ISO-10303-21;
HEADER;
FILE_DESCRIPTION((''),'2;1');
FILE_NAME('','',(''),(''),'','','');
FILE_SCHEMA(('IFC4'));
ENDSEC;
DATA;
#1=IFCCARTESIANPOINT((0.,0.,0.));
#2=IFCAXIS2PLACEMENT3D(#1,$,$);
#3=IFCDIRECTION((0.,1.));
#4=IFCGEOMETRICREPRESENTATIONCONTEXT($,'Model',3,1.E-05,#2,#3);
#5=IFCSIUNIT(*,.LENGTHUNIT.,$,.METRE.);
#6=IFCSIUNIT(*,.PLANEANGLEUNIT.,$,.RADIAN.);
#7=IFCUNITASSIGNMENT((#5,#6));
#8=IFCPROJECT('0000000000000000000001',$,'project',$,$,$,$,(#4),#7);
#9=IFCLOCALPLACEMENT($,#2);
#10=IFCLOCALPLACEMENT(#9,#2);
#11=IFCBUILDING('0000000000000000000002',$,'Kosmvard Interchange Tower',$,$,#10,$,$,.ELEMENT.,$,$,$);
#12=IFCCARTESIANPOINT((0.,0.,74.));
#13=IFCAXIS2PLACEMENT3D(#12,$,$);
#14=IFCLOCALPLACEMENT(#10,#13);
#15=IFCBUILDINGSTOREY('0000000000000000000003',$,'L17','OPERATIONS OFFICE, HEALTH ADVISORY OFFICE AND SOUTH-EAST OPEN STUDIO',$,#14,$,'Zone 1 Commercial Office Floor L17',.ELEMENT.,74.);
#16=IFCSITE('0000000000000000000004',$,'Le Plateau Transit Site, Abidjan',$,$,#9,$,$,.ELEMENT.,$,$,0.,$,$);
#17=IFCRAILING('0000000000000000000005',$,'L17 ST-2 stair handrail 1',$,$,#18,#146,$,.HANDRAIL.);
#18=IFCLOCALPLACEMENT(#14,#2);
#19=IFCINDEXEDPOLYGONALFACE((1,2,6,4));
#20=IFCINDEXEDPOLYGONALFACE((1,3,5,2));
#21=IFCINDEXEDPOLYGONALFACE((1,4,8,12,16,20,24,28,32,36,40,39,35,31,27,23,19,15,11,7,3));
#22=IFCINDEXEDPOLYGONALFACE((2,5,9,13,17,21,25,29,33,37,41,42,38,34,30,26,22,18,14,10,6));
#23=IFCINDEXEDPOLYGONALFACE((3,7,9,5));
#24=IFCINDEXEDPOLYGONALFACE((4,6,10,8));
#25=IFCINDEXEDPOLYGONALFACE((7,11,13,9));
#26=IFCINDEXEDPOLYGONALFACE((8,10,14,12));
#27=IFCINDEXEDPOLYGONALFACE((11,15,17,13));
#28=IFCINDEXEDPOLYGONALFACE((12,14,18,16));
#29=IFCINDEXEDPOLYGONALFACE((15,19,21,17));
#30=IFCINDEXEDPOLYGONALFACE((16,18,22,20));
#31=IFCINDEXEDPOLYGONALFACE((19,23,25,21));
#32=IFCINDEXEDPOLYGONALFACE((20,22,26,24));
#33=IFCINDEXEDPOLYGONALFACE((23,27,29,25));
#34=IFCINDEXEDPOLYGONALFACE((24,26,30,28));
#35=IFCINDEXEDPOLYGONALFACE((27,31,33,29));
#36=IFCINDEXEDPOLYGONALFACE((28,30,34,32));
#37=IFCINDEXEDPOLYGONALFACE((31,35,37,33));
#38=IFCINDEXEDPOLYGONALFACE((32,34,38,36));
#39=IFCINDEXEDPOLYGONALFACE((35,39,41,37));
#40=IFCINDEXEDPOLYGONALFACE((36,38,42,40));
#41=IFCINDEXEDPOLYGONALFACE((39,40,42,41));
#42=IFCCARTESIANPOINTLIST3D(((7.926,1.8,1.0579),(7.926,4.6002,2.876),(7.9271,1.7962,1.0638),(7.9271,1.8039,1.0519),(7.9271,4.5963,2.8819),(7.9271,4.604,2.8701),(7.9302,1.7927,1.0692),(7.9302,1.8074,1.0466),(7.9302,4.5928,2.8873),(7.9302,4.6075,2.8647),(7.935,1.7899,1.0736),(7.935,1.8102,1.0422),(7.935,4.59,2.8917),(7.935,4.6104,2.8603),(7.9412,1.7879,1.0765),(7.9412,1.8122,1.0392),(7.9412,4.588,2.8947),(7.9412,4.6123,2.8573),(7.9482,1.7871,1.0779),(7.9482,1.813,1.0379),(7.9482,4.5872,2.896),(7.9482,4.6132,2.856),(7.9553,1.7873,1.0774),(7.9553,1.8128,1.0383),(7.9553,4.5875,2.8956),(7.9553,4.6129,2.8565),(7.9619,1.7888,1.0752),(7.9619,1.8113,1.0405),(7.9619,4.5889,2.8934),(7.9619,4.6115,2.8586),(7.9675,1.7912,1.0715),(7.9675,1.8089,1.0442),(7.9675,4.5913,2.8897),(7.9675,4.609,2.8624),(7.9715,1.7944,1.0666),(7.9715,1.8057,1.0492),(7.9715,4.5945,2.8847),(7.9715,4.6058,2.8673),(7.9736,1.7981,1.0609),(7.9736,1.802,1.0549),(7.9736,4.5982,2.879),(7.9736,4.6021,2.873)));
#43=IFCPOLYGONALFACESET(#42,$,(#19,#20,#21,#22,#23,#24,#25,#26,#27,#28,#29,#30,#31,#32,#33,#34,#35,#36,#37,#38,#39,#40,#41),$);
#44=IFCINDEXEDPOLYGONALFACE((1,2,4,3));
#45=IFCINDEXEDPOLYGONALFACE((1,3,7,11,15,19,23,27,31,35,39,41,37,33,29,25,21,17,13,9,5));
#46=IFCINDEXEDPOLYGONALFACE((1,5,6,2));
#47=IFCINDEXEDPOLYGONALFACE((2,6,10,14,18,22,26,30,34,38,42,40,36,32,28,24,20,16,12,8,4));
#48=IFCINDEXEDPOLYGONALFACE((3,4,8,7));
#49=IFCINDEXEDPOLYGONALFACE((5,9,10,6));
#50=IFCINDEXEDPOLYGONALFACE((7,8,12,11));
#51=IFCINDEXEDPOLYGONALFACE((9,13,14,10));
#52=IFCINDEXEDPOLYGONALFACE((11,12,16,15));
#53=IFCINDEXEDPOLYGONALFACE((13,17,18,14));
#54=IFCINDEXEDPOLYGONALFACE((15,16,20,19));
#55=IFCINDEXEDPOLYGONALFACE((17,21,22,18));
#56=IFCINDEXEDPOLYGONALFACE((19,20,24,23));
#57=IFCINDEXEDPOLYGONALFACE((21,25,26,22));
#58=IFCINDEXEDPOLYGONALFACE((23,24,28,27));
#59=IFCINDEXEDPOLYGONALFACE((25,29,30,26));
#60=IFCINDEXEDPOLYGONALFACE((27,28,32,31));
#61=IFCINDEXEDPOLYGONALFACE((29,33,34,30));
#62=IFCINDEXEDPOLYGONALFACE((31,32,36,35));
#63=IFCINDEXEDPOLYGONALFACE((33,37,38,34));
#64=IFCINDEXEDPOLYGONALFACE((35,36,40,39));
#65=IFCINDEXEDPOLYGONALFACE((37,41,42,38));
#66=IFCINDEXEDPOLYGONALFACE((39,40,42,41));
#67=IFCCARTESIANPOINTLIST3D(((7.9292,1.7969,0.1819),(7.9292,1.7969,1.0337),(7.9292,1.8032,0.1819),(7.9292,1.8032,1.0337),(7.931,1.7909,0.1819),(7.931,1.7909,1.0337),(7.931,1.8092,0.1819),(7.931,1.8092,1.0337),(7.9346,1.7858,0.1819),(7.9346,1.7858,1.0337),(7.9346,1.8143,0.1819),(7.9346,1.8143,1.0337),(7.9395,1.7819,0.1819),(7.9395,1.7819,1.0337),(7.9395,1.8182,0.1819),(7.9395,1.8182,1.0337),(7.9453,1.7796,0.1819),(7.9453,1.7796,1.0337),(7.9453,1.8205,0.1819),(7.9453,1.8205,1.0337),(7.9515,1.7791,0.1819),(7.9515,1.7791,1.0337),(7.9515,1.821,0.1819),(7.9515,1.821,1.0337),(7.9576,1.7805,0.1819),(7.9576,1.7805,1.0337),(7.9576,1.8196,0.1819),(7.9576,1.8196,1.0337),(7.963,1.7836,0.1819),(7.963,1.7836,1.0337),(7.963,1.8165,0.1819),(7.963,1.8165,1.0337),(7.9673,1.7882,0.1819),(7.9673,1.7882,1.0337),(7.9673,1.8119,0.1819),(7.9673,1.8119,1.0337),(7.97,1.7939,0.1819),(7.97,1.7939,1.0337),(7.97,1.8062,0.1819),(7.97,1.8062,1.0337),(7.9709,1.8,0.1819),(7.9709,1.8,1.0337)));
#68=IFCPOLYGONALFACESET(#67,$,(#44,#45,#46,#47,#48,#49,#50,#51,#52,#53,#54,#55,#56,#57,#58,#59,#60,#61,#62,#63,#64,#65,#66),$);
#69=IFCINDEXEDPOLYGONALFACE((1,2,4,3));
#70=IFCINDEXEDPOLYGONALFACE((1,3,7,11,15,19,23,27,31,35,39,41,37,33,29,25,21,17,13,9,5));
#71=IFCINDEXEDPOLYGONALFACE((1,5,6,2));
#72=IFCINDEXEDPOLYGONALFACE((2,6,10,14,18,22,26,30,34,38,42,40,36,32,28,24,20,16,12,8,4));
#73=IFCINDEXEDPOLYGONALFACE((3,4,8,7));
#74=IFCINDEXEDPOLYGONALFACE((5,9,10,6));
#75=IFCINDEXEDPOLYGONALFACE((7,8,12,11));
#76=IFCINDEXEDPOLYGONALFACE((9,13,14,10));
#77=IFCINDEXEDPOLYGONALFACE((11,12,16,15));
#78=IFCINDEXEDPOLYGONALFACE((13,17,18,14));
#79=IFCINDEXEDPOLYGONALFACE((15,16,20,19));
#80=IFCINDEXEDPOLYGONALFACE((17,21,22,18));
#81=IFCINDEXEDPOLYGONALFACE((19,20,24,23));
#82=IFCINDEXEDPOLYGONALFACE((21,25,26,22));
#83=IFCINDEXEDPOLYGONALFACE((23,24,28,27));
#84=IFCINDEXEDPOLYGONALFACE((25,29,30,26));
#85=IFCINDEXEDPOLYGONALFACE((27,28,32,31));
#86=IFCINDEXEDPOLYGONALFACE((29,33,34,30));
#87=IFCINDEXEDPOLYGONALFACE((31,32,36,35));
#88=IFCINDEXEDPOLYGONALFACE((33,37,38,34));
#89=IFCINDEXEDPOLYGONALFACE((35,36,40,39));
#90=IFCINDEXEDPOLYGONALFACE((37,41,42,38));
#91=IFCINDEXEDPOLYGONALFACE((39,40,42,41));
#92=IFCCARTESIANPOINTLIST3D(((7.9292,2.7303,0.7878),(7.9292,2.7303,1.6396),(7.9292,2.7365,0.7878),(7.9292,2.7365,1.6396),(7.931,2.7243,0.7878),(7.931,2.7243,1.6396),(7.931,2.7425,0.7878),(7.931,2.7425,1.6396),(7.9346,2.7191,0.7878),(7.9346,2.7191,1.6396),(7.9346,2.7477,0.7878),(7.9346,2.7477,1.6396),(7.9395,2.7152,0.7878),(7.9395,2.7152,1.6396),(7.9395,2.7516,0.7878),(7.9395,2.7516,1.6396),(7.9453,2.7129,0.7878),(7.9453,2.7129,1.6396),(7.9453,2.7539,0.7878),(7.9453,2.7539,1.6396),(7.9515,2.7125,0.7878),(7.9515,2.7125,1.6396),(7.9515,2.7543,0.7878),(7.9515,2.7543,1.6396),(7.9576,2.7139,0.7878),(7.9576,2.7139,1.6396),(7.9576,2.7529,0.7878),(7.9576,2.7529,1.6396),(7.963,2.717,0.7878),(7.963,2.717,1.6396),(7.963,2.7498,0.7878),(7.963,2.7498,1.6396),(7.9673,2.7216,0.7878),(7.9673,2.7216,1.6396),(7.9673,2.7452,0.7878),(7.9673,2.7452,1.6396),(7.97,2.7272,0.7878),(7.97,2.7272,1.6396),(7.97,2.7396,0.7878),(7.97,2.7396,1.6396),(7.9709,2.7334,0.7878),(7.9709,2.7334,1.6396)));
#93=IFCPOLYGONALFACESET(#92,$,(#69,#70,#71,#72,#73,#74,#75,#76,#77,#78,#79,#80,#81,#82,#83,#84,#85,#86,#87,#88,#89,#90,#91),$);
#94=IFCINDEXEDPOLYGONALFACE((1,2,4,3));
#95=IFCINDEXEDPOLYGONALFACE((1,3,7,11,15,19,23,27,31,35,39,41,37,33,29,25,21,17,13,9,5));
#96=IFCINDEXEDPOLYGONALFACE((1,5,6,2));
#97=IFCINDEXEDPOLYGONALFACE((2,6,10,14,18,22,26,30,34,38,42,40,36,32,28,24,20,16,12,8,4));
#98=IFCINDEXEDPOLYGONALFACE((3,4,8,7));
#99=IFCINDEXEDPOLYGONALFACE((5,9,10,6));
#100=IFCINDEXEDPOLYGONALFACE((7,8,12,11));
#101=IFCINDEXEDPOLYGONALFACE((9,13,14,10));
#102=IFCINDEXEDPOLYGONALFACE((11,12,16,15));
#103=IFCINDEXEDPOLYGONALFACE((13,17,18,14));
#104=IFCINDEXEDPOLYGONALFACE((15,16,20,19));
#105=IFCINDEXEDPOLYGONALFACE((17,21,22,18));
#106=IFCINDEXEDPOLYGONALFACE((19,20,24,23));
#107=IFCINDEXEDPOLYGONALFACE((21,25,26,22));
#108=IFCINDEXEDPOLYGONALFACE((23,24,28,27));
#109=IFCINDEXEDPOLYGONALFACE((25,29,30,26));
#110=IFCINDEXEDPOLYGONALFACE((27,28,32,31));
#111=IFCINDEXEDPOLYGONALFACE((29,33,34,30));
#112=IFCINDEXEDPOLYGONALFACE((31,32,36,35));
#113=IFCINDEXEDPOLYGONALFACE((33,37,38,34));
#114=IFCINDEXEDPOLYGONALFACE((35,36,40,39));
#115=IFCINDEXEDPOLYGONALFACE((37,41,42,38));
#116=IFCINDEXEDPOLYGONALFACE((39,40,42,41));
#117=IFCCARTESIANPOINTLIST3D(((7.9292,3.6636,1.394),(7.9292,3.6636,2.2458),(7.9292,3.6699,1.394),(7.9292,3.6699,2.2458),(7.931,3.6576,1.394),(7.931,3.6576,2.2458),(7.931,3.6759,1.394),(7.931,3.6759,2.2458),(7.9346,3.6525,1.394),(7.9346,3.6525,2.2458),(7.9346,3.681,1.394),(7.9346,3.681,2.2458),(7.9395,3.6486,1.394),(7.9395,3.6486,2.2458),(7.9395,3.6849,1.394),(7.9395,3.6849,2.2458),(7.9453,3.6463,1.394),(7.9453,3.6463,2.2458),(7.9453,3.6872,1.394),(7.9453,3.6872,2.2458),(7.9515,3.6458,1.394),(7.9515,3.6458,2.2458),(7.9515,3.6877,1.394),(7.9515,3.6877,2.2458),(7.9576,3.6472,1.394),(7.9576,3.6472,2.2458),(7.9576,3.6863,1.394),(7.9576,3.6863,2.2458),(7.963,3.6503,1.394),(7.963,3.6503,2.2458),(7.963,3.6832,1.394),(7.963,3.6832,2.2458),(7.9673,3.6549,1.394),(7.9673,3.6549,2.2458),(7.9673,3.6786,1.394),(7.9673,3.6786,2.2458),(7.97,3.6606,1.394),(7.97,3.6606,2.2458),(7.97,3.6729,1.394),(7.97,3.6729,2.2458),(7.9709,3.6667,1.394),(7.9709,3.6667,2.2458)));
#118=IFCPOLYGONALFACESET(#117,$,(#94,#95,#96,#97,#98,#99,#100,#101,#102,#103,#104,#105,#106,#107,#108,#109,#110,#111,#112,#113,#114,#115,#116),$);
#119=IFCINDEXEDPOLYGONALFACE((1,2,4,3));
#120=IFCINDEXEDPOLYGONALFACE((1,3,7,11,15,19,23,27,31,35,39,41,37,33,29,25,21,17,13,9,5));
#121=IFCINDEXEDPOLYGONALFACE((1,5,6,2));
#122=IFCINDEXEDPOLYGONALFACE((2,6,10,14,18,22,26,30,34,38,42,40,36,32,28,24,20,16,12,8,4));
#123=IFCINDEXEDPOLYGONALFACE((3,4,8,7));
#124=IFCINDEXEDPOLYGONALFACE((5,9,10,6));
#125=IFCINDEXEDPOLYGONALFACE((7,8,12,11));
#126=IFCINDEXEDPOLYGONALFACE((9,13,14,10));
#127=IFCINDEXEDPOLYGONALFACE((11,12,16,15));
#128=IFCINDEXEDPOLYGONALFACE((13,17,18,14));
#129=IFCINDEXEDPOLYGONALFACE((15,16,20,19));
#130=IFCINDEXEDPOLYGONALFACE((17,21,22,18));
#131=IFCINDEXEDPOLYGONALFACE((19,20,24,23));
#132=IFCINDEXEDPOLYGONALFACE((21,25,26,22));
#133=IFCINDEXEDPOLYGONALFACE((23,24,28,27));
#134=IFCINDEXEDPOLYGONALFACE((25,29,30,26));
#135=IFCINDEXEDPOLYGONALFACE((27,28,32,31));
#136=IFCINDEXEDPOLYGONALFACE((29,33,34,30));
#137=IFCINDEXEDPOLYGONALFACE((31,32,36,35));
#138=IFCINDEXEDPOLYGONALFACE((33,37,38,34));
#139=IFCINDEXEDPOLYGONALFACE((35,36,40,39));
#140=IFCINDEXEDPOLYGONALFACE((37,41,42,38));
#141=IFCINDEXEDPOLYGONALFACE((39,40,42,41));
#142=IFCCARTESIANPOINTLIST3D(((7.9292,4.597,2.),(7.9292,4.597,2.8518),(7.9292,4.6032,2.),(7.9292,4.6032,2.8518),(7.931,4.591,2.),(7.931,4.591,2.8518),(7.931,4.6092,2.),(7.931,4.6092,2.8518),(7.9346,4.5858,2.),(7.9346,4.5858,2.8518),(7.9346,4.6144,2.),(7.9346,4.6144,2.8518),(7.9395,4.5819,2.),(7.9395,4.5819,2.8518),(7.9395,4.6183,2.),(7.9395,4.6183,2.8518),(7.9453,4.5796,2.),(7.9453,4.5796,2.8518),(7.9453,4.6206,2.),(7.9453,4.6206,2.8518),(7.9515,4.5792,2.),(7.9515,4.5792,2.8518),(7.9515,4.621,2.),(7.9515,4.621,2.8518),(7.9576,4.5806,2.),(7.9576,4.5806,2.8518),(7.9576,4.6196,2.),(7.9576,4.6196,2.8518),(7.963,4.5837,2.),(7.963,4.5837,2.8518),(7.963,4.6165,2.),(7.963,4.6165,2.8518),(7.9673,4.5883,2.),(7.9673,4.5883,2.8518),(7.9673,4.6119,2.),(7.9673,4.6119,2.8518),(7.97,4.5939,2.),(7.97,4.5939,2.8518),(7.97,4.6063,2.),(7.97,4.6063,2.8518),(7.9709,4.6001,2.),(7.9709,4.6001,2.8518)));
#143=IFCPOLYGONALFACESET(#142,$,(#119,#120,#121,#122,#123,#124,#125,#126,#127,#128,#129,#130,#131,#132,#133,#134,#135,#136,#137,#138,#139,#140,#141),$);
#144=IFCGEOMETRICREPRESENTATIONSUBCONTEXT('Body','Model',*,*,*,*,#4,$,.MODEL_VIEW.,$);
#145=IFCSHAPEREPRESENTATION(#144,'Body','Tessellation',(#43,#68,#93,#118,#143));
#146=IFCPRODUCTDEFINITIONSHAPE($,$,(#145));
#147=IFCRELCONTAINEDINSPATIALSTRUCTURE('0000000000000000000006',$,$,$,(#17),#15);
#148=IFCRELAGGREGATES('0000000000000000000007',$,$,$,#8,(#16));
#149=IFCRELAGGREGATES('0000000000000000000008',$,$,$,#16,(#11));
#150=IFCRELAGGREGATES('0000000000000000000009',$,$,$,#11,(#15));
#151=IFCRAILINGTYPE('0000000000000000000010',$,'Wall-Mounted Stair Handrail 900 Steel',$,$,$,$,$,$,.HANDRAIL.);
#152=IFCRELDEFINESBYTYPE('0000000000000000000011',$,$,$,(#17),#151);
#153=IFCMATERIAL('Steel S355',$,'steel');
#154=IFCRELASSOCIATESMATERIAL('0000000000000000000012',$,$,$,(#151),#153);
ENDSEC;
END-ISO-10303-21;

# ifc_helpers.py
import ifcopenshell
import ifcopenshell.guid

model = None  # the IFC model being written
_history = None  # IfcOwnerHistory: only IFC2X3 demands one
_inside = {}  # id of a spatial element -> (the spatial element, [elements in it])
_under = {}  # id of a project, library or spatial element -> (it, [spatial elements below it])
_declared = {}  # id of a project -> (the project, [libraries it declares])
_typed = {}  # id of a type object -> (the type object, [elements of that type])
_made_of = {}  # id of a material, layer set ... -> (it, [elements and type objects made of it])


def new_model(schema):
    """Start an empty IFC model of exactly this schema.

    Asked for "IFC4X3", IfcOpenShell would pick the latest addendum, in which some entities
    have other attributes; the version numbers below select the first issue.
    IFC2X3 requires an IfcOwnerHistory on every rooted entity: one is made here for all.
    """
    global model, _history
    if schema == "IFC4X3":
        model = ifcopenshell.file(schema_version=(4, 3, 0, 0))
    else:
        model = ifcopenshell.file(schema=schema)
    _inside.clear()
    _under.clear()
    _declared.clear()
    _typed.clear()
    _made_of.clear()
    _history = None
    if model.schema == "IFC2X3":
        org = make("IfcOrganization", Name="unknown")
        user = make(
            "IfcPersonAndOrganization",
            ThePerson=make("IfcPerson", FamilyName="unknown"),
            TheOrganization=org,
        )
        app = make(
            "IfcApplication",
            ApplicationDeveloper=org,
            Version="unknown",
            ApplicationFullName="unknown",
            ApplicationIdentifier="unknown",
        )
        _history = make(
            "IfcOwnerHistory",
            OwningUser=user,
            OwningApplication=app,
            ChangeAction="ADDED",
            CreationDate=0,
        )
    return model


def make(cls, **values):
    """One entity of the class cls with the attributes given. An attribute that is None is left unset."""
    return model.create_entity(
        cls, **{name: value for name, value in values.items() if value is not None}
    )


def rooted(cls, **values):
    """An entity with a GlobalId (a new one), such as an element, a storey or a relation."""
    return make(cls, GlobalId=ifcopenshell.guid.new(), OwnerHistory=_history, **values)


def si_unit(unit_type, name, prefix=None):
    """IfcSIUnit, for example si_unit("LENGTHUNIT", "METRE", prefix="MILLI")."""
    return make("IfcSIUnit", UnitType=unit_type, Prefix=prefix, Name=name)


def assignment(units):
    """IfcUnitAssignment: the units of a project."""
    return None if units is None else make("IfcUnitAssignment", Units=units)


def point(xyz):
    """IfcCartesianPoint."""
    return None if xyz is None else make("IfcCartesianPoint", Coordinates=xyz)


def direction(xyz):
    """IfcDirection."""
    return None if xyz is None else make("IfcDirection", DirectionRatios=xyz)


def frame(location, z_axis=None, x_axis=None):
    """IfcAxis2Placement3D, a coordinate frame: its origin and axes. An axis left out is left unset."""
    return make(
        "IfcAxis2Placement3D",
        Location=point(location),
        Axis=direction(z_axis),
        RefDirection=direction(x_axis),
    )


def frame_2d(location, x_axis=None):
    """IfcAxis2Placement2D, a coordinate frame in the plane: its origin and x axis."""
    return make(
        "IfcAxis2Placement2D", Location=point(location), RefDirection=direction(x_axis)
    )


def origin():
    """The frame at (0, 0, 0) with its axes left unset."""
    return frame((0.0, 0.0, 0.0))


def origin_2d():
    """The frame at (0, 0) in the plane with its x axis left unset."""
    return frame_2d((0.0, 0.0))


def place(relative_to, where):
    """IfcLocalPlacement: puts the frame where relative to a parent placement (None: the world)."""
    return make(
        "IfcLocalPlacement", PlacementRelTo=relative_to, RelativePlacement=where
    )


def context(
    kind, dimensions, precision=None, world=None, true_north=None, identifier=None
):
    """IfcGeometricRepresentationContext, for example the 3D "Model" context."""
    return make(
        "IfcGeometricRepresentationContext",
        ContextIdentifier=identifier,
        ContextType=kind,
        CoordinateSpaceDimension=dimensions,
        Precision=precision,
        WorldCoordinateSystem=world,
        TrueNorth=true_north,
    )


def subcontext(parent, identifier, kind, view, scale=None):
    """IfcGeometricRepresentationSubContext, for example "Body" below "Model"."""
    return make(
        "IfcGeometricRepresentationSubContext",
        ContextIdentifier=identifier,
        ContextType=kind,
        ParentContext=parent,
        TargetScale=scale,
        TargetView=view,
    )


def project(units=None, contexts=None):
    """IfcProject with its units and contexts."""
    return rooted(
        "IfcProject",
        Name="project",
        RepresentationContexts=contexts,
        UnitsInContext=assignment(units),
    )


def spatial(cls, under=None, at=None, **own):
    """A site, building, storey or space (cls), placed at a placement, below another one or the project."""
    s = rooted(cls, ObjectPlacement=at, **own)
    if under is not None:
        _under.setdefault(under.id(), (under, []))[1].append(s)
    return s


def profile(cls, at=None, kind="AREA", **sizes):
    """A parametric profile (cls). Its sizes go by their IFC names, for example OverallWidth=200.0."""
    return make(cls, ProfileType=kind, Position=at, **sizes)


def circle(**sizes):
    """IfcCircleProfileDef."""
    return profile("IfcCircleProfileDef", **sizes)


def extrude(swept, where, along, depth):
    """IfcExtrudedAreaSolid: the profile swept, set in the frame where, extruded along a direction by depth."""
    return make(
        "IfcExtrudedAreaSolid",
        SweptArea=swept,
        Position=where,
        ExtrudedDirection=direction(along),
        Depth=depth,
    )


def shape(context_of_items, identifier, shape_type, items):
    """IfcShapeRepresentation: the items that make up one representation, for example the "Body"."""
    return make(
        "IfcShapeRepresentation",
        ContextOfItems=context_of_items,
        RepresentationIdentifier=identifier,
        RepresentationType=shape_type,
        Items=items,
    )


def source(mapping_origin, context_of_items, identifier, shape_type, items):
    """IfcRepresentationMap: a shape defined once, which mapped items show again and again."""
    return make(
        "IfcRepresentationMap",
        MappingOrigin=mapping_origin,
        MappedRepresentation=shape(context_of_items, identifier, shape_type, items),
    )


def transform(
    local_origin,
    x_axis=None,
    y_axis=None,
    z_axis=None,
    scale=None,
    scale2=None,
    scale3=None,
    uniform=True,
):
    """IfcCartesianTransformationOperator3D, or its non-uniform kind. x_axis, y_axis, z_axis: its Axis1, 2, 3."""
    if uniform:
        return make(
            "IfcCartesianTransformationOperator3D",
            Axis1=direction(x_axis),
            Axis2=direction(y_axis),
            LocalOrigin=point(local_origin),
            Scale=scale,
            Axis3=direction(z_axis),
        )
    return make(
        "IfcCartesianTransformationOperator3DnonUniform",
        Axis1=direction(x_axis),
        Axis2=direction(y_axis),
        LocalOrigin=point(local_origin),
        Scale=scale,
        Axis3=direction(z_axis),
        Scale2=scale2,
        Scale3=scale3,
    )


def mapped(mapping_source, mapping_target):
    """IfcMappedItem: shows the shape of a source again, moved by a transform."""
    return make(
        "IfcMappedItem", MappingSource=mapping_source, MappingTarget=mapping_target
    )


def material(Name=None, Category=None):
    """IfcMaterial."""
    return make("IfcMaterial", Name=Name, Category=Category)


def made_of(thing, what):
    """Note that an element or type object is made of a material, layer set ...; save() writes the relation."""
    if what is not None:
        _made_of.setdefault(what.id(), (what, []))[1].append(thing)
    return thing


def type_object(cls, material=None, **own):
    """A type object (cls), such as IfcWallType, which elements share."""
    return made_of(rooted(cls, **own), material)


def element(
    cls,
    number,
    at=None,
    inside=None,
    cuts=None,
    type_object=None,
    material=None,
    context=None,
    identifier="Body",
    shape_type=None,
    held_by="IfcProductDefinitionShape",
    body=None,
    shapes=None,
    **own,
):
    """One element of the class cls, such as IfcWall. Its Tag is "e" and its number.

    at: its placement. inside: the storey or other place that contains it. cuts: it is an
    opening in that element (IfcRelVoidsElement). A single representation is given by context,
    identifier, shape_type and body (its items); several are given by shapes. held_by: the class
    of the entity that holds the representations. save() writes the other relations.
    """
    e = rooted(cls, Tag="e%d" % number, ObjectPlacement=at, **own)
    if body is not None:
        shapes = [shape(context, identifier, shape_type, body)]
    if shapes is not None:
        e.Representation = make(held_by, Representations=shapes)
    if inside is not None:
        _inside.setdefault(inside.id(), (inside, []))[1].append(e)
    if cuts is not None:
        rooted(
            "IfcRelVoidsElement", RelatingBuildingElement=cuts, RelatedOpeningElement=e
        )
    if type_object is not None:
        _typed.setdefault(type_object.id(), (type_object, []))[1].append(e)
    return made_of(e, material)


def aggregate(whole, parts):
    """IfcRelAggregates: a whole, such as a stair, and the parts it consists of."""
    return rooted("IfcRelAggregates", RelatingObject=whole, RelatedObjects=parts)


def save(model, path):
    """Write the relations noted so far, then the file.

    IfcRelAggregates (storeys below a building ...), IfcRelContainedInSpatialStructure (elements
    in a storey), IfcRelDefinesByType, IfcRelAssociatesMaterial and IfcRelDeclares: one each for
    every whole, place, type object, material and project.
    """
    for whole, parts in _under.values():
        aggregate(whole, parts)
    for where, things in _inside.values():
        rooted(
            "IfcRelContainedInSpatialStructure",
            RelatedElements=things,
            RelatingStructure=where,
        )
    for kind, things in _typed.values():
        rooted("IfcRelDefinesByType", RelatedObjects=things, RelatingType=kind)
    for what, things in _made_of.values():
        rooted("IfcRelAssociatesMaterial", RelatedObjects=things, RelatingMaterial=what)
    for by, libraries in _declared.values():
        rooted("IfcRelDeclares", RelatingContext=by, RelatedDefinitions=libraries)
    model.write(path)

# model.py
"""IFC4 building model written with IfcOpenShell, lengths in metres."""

from ifc_helpers import new_model, si_unit, direction, frame, origin, origin_2d, place, context, subcontext, project, spatial, circle, extrude, source, transform, mapped, material, type_object, element, save


model = new_model("IFC4")

# Units and contexts
model_context = context("Model", 3, precision=1e-05, world=origin(), true_north=direction((0.0, 1.0)))
body_context = subcontext(model_context, "Body", "Model", "MODEL_VIEW")
ifc_project = project(units=[si_unit("LENGTHUNIT", "METRE"), si_unit("PLANEANGLEUNIT", "RADIAN")], contexts=[model_context])

# Site, building, storey
site_placement = place(None, origin())
site = spatial("IfcSite", under=ifc_project, at=site_placement, Name="Le Plateau Transit Site, Abidjan", CompositionType="ELEMENT", RefElevation=0.0)
building_placement = place(site_placement, origin())
building = spatial("IfcBuilding", under=site, at=building_placement, Name="Kosmvard Interchange Tower", CompositionType="ELEMENT")
storey_placement = place(building_placement, frame((0.0, 0.0, 74.0)))
storey = spatial("IfcBuildingStorey", under=building, at=storey_placement, Name="L17", Description="OPERATIONS OFFICE, HEALTH ADVISORY OFFICE AND SOUTH-EAST OPEN STUDIO", LongName="Zone 1 Commercial Office Floor L17", CompositionType="ELEMENT", Elevation=74.0)

# Shared definitions
ifc_material_1 = material(Name="Steel S355", Category="steel")

# Railing
railing_type_1 = type_object("IfcRailingType", Name="Wall-Mounted Stair Handrail 900 Steel", PredefinedType="HANDRAIL", material=ifc_material_1)
shared_shape_1 = source(origin(), body_context, "Body", "SweptSolid", [
    extrude(circle(Radius=0.0239, at=origin_2d()), frame((0.0, 0.0, 0.876), z_axis=(0.0, 0.838706, 0.544585), x_axis=(-1.0, 0.0, 0.0)), (0.0, 0.0, 1.0), 3.3386),
    extrude(circle(Radius=0.021, at=origin_2d()), origin(), (0.0, 0.0, 1.0), 0.8518),
    extrude(circle(Radius=0.021, at=origin_2d()), frame((0.0, 0.9333, 0.606)), (0.0, 0.0, 1.0), 0.8518),
    extrude(circle(Radius=0.021, at=origin_2d()), frame((0.0, 1.8667, 1.2122)), (0.0, 0.0, 1.0), 0.8518),
    extrude(circle(Radius=0.021, at=origin_2d()), frame((0.0, 2.8, 1.8181)), (0.0, 0.0, 1.0), 0.8518),
])
railing_1_placement = place(storey_placement, frame((7.95, 1.8, 0.1819)))
element("IfcRailing", 1, at=railing_1_placement, inside=storey, type_object=railing_type_1, Name="L17 ST-2 stair handrail 1", PredefinedType="HANDRAIL", context=body_context, shape_type="MappedRepresentation", body=[
    mapped(shared_shape_1, transform((0.0, 0.0, 0.0), scale=1.0)),
])

save(model, "model.ifc")
